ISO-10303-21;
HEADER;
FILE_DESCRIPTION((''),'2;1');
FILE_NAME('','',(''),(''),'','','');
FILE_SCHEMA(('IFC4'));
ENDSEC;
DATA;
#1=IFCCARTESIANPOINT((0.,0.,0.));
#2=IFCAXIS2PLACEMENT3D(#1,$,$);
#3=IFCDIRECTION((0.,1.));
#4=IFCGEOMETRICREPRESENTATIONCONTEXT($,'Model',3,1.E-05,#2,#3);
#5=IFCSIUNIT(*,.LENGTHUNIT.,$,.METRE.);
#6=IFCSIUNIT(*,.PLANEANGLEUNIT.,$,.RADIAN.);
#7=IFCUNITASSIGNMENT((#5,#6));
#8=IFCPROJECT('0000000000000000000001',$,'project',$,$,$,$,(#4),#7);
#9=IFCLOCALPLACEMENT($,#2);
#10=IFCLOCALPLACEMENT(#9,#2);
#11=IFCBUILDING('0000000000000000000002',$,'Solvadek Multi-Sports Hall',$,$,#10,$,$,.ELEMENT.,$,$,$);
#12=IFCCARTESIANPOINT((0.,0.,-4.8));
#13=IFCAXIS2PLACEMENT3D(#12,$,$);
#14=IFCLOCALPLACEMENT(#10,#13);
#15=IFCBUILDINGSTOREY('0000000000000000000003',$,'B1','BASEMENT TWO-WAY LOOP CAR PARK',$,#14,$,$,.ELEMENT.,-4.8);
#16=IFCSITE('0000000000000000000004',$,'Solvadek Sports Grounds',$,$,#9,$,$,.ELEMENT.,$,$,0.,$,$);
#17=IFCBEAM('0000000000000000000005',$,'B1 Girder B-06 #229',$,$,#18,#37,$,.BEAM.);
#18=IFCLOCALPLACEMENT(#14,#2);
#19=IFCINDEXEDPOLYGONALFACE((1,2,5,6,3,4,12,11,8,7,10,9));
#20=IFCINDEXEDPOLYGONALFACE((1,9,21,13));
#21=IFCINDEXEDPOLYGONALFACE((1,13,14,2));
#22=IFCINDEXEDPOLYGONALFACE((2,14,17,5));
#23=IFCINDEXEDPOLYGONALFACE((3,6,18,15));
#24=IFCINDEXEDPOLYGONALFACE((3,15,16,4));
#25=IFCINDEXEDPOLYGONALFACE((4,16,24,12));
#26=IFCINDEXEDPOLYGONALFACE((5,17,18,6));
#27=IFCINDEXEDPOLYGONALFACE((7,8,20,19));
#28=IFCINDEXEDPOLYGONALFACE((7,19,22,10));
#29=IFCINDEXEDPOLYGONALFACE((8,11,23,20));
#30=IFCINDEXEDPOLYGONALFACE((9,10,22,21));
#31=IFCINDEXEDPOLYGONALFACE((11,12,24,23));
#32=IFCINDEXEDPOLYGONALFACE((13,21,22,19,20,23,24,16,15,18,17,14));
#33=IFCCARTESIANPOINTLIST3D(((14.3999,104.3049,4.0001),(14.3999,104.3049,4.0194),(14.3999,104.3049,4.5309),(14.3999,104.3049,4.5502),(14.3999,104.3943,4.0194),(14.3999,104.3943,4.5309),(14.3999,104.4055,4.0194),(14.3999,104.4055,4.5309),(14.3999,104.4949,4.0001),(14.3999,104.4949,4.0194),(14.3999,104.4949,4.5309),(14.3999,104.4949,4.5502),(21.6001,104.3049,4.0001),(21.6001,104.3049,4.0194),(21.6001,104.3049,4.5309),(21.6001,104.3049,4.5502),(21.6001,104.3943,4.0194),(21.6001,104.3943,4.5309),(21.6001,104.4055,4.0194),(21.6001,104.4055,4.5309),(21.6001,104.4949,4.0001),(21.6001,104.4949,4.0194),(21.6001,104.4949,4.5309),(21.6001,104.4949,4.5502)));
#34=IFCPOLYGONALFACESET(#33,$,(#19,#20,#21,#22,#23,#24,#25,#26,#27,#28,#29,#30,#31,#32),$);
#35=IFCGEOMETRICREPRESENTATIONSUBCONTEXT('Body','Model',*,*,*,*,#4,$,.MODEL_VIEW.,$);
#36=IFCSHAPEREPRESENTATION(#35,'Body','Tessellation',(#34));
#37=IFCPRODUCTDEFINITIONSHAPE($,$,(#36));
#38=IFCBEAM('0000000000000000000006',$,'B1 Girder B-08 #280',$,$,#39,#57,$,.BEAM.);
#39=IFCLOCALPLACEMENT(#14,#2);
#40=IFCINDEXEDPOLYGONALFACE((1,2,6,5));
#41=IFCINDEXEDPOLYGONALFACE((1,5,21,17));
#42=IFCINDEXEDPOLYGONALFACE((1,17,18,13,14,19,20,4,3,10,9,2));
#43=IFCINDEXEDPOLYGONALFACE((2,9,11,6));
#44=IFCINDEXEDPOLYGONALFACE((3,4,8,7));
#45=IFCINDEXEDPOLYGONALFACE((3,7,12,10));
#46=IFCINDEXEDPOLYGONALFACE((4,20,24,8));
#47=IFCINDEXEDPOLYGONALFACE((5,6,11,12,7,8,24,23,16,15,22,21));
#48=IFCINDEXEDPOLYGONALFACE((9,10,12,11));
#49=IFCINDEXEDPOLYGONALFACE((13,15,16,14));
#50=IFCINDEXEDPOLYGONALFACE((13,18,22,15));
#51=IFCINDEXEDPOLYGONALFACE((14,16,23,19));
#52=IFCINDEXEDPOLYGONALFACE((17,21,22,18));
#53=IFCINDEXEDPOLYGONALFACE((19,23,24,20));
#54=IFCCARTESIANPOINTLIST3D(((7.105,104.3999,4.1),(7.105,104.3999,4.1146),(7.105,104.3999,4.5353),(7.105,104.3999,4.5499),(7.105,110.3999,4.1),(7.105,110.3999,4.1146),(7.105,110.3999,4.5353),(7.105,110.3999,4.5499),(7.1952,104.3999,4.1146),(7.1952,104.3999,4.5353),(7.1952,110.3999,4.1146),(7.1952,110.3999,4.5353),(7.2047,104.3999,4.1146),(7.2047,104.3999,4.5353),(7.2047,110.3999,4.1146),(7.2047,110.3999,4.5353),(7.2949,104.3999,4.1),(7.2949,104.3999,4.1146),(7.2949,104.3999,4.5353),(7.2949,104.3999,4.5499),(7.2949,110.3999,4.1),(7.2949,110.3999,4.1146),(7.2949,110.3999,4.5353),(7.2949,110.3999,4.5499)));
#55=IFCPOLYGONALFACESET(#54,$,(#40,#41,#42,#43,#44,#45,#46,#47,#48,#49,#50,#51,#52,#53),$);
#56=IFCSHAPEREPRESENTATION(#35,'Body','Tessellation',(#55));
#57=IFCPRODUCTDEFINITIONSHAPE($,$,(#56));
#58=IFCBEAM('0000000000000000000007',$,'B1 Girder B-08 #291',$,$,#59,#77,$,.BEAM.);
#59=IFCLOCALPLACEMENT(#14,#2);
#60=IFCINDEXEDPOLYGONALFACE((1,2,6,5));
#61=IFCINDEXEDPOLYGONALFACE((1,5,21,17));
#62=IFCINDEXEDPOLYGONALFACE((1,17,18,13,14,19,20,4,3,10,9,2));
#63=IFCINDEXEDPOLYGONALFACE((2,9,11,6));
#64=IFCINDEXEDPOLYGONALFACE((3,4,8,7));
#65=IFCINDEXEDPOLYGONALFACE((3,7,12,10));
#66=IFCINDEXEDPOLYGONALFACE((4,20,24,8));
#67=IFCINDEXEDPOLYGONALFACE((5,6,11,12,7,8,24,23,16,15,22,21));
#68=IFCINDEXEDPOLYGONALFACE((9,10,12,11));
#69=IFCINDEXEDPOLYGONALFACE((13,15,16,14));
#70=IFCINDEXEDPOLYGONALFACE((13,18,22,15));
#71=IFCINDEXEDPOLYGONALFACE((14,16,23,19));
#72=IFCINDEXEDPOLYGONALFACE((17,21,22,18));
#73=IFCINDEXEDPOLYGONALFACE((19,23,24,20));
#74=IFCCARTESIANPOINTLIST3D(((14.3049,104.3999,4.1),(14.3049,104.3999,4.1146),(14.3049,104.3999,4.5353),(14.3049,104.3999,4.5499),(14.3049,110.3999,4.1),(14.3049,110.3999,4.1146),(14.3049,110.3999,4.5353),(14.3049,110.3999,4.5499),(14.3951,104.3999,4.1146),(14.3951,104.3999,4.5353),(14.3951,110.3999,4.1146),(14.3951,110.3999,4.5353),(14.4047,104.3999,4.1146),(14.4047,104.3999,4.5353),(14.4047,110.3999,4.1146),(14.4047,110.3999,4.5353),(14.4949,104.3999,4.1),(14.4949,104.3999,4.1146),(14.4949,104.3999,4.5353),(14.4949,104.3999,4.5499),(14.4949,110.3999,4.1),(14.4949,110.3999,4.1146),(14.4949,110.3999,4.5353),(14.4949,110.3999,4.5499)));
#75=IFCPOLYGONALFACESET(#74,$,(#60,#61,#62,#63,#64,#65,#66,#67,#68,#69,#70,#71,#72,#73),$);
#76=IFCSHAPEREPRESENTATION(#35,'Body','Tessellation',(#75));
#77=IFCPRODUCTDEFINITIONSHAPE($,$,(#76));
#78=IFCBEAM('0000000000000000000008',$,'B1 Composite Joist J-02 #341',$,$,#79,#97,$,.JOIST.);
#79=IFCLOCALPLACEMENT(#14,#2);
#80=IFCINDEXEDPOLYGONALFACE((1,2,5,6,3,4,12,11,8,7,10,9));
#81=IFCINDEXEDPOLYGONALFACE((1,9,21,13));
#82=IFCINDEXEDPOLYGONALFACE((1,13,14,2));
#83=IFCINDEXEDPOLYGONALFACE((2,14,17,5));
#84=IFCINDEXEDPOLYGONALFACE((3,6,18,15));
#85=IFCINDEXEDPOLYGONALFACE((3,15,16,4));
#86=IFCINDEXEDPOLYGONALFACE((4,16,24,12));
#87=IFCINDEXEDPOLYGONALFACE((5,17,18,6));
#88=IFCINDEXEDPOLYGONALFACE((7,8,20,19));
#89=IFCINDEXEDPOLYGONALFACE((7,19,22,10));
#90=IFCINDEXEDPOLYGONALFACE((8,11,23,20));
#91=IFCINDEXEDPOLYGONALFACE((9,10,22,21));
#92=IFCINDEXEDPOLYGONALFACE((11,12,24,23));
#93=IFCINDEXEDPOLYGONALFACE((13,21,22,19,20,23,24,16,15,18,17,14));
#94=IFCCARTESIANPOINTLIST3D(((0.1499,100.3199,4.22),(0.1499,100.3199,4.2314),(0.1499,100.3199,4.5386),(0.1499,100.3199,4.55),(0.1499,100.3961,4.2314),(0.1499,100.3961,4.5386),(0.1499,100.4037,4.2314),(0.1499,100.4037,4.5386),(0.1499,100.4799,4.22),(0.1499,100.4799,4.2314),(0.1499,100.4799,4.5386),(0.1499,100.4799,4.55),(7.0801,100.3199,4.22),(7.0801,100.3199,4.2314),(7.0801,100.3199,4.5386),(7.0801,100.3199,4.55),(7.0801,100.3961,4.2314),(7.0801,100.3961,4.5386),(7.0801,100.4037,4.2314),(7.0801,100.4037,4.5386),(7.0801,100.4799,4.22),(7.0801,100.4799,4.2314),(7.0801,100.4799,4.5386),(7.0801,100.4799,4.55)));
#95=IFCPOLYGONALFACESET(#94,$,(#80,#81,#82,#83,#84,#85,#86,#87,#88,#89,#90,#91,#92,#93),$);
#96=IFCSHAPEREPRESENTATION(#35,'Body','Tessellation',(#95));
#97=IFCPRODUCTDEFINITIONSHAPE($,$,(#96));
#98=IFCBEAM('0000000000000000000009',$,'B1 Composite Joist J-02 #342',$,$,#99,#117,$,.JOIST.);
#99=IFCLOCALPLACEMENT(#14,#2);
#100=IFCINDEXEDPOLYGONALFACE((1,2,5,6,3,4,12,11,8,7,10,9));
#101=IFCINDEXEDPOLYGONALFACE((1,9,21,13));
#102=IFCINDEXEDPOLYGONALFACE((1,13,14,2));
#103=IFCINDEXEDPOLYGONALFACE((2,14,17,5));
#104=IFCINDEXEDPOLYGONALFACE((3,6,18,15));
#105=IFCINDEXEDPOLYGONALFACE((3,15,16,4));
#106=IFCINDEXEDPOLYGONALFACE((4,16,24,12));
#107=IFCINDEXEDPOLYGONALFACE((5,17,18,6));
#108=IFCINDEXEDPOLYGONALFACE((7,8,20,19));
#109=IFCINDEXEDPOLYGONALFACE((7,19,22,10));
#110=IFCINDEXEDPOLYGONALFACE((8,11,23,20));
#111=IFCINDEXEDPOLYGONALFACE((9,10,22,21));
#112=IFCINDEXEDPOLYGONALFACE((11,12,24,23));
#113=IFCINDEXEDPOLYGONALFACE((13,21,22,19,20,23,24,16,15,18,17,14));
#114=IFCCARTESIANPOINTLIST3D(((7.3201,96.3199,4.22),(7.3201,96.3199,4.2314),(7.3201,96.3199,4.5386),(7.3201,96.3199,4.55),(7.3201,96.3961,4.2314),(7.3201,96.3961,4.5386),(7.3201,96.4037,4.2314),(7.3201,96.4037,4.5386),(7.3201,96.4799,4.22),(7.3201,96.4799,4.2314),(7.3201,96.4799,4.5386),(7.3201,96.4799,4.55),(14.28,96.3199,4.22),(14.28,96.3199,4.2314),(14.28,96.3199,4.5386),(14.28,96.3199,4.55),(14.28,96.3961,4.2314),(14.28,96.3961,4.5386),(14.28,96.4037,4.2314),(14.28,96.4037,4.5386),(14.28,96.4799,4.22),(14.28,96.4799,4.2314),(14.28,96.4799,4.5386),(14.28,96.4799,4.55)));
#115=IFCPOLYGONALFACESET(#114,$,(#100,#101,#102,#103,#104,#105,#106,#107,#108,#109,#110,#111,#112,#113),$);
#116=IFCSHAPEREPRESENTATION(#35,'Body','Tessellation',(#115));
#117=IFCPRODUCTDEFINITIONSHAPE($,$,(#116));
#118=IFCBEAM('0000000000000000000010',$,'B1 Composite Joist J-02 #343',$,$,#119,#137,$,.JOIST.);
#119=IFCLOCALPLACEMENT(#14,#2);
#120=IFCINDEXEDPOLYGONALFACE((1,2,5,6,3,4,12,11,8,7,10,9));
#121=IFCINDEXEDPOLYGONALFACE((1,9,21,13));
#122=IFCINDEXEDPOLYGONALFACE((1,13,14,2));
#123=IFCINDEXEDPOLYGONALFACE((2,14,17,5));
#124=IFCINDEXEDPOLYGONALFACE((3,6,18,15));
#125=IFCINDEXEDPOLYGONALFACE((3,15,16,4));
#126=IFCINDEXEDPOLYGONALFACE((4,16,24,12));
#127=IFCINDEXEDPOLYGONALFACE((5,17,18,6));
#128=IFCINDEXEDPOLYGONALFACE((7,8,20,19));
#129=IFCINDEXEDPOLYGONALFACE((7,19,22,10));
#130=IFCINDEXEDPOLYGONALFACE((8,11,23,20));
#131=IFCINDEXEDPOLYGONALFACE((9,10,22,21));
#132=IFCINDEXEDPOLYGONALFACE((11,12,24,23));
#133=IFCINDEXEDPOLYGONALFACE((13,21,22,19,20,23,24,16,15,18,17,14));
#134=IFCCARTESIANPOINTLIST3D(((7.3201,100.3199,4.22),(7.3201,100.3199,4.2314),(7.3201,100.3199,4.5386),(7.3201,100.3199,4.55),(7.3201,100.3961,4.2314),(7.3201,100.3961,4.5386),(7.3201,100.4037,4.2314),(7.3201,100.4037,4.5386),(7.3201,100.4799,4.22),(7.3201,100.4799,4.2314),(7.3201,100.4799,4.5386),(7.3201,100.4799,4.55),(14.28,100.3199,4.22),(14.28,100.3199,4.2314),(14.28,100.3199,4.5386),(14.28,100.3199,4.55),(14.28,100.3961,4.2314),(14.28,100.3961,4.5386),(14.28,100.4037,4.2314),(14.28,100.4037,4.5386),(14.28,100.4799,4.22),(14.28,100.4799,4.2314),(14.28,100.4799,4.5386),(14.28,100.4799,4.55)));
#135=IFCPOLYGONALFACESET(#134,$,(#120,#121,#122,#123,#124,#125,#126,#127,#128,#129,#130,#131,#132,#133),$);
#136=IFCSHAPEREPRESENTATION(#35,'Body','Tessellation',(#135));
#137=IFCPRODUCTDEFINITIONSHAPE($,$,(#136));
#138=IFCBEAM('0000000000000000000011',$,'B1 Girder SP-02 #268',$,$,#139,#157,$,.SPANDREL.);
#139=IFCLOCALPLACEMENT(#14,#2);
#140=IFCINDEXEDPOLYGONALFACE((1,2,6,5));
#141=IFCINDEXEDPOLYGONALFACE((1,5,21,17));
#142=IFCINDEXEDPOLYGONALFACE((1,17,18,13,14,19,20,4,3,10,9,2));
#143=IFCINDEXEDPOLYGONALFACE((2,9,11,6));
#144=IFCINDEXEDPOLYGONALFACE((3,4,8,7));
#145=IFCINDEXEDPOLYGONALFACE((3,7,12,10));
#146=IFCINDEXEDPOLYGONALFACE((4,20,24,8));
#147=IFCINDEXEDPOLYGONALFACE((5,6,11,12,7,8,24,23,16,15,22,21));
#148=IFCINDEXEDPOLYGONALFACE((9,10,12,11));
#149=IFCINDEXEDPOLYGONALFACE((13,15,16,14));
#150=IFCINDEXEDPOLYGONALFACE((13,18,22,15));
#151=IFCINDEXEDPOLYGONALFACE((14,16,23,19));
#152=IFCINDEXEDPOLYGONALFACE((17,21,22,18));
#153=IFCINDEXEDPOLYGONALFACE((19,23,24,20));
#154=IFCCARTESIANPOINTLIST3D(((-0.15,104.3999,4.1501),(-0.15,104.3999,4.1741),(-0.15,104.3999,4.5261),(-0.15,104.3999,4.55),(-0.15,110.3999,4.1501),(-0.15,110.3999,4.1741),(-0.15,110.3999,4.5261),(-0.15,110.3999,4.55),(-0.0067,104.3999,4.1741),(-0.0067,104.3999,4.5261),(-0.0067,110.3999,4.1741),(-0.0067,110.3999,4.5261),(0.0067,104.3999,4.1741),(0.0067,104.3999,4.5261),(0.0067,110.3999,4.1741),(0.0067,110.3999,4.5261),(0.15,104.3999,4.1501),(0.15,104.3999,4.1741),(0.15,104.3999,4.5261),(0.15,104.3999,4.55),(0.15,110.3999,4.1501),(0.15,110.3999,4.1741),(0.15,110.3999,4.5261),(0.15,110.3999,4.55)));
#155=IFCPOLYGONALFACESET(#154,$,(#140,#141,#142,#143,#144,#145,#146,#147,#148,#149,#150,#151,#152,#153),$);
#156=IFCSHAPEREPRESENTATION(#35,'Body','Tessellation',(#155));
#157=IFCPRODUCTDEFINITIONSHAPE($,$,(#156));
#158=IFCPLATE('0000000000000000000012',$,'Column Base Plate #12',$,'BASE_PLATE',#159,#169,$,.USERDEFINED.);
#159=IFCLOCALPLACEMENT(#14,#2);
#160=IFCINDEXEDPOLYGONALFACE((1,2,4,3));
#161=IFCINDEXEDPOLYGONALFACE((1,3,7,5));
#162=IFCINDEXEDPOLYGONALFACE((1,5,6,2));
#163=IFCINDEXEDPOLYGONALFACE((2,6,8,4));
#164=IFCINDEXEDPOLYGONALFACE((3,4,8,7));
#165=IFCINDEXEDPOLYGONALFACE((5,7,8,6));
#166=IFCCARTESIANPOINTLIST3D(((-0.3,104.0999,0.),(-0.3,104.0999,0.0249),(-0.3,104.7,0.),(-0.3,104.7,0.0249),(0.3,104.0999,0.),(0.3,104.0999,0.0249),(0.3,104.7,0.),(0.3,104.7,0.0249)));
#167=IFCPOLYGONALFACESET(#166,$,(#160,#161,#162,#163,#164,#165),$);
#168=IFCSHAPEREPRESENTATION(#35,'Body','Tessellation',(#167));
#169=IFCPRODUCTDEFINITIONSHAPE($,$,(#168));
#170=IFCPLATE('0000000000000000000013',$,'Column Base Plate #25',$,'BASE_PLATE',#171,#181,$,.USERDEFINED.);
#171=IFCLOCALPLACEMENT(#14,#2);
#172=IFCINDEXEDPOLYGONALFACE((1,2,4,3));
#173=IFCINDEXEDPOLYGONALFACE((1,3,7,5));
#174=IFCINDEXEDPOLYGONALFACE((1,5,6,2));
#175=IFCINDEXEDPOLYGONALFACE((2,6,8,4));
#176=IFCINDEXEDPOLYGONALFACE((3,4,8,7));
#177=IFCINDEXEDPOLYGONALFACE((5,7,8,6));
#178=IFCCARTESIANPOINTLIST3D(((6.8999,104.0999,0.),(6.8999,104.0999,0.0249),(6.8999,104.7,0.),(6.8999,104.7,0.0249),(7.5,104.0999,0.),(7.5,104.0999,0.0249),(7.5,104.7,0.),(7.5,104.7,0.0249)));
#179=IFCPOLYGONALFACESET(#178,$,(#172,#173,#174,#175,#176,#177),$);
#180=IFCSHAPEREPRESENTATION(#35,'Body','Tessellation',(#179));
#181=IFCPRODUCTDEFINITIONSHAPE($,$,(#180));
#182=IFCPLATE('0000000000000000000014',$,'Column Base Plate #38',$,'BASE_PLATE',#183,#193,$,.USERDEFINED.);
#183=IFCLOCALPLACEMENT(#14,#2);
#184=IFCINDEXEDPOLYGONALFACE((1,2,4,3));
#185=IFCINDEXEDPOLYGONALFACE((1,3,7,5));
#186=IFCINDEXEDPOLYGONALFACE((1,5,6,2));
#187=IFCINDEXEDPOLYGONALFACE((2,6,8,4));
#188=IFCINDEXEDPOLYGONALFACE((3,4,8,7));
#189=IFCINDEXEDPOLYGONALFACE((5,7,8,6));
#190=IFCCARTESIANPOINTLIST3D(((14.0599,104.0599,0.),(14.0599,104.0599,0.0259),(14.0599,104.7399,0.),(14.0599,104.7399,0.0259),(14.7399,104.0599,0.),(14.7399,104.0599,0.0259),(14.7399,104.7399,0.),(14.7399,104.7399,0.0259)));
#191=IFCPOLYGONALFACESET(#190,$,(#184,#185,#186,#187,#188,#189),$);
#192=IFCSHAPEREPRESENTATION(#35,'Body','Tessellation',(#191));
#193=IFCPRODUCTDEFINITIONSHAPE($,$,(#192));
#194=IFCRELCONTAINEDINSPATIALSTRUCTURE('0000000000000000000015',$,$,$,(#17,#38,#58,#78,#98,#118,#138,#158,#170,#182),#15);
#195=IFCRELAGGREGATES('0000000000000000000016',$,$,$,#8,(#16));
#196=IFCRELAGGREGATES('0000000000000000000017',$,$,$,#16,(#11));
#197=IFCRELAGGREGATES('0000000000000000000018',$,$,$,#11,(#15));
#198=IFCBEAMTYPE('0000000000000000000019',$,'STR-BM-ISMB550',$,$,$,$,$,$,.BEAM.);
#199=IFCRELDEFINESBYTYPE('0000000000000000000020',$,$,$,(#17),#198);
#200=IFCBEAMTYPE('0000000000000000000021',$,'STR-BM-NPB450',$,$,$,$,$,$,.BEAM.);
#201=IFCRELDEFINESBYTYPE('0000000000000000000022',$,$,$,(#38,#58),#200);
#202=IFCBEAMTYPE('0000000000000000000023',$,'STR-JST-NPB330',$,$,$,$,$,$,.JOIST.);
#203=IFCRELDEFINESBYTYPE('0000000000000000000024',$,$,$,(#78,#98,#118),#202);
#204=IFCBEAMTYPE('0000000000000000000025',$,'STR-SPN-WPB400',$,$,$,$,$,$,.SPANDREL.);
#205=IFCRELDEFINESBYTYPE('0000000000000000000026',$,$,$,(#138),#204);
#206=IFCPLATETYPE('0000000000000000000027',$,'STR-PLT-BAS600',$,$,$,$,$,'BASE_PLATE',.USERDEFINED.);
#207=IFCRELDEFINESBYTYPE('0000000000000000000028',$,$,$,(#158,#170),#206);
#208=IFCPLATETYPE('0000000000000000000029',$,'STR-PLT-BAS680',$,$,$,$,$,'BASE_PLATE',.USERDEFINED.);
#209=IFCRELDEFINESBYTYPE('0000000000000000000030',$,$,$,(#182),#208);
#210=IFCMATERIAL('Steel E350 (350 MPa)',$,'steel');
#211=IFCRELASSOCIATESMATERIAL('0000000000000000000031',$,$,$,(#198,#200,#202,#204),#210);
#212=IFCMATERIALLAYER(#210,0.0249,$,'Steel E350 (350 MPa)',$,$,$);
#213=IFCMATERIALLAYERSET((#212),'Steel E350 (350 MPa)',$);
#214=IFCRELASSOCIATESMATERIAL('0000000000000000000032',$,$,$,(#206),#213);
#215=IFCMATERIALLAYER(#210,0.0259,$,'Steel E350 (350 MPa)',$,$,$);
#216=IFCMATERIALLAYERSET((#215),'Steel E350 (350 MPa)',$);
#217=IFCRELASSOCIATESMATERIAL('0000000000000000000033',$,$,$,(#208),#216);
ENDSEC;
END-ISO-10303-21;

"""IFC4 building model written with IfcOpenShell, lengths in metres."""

from ifc_helpers import new_model, si_unit, direction, frame, origin, origin_2d, place, context, subcontext, project, spatial, rectangle, i_section, extrude, material, layer, layer_set, material_profile, profile_set, type_object, element, save


model = new_model("IFC4")

# Units and contexts
model_context = context("Model", 3, precision=1e-05, world=origin(), true_north=direction((0.0, 1.0)))
body_context = subcontext(model_context, "Body", "Model", "MODEL_VIEW")
ifc_project = project(units=[si_unit("LENGTHUNIT", "METRE"), si_unit("PLANEANGLEUNIT", "RADIAN")], contexts=[model_context])

# Site, building, storey
site_placement = place(None, origin())
site = spatial("IfcSite", under=ifc_project, at=site_placement, Name="Solvadek Sports Grounds", CompositionType="ELEMENT", RefElevation=0.0)
building_placement = place(site_placement, origin())
building = spatial("IfcBuilding", under=site, at=building_placement, Name="Solvadek Multi-Sports Hall", CompositionType="ELEMENT")
storey_placement = place(building_placement, frame((0.0, 0.0, -4.8)))
storey = spatial("IfcBuildingStorey", under=building, at=storey_placement, Name="B1", Description="BASEMENT TWO-WAY LOOP CAR PARK", CompositionType="ELEMENT", Elevation=-4.8)

# Shared definitions
ifc_material_1 = material(Name="Steel E350 (350 MPa)", Category="steel")

# Beams
ifc_material_profile_1 = material_profile(ifc_material_1, i_section(OverallWidth=0.1899, OverallDepth=0.55, WebThickness=0.0112, FlangeThickness=0.0193, at=origin_2d()), Name="ISMB 550")
ifc_profile_set_1 = profile_set([ifc_material_profile_1], Name="Steel E350 (350 MPa)")
beam_type_1 = type_object("IfcBeamType", Name="STR-BM-ISMB550", PredefinedType="BEAM", material=ifc_profile_set_1)
beam_1_placement = place(storey_placement, frame((14.3999, 104.3999, 4.2751), z_axis=(1.0, 0.0, 0.0), x_axis=(0.0, 1.0, 0.0)))
element("IfcBeam", 1, at=beam_1_placement, inside=storey, type_object=beam_type_1, Name="B1 Girder B-06 #229", PredefinedType="BEAM", context=body_context, shape_type="SweptSolid", body=[
    extrude(i_section(OverallWidth=0.1899, OverallDepth=0.55, WebThickness=0.0112, FlangeThickness=0.0193, at=origin_2d()), origin(), (0.0, 0.0, 1.0), 7.2002),
])
ifc_material_profile_2 = material_profile(ifc_material_1, i_section(OverallWidth=0.1899, OverallDepth=0.45, WebThickness=0.0095, FlangeThickness=0.0146, at=origin_2d()), Name="NPB 450")
ifc_profile_set_2 = profile_set([ifc_material_profile_2], Name="Steel E350 (350 MPa)")
beam_type_2 = type_object("IfcBeamType", Name="STR-BM-NPB450", PredefinedType="BEAM", material=ifc_profile_set_2)
for number, where, z_axis, x_axis, name in (
    (2, (7.2, 104.3999, 4.325), (0.0, 1.0, 0.0), (-1.0, 0.0, 0.0), "B1 Girder B-08 #280"),
    (3, (14.3999, 104.3999, 4.325), (0.0, 1.0, 0.0), (-1.0, 0.0, 0.0), "B1 Girder B-08 #291"),
):
    element("IfcBeam", number, at=place(storey_placement, frame(where, z_axis=z_axis, x_axis=x_axis)), inside=storey, type_object=beam_type_2, Name=name, PredefinedType="BEAM", context=body_context, shape_type="SweptSolid", body=[
        extrude(i_section(OverallWidth=0.1899, OverallDepth=0.45, WebThickness=0.0095, FlangeThickness=0.0146, at=origin_2d()), origin(), (0.0, 0.0, 1.0), 6.0),
    ])
ifc_material_profile_3 = material_profile(ifc_material_1, i_section(OverallWidth=0.1599, OverallDepth=0.3301, WebThickness=0.0076, FlangeThickness=0.0115, at=origin_2d()), Name="NPB 330")
ifc_profile_set_3 = profile_set([ifc_material_profile_3], Name="Steel E350 (350 MPa)")
beam_type_3 = type_object("IfcBeamType", Name="STR-JST-NPB330", PredefinedType="JOIST", material=ifc_profile_set_3)
beam_2_placement = place(storey_placement, frame((0.1499, 100.3999, 4.385), z_axis=(1.0, 0.0, 0.0), x_axis=(0.0, 1.0, 0.0)))
element("IfcBeam", 4, at=beam_2_placement, inside=storey, type_object=beam_type_3, Name="B1 Composite Joist J-02 #341", PredefinedType="JOIST", context=body_context, shape_type="SweptSolid", body=[
    extrude(i_section(OverallWidth=0.1599, OverallDepth=0.3301, WebThickness=0.0076, FlangeThickness=0.0115, at=origin_2d()), origin(), (0.0, 0.0, 1.0), 6.9302),
])
for number, where, z_axis, x_axis, name in (
    (5, (7.3201, 96.3999, 4.385), (1.0, 0.0, 0.0), (0.0, 1.0, 0.0), "B1 Composite Joist J-02 #342"),
    (6, (7.3201, 100.3999, 4.385), (1.0, 0.0, 0.0), (0.0, 1.0, 0.0), "B1 Composite Joist J-02 #343"),
):
    element("IfcBeam", number, at=place(storey_placement, frame(where, z_axis=z_axis, x_axis=x_axis)), inside=storey, type_object=beam_type_3, Name=name, PredefinedType="JOIST", context=body_context, shape_type="SweptSolid", body=[
        extrude(i_section(OverallWidth=0.1599, OverallDepth=0.3301, WebThickness=0.0076, FlangeThickness=0.0115, at=origin_2d()), origin(), (0.0, 0.0, 1.0), 6.96),
    ])
ifc_material_profile_4 = material_profile(ifc_material_1, i_section(OverallWidth=0.3, OverallDepth=0.3999, WebThickness=0.0134, FlangeThickness=0.0239, at=origin_2d()), Name="WPB 400")
ifc_profile_set_4 = profile_set([ifc_material_profile_4], Name="Steel E350 (350 MPa)")
beam_type_4 = type_object("IfcBeamType", Name="STR-SPN-WPB400", PredefinedType="SPANDREL", material=ifc_profile_set_4)
beam_3_placement = place(storey_placement, frame((0.0, 104.3999, 4.3501), z_axis=(0.0, 1.0, 0.0), x_axis=(-1.0, 0.0, 0.0)))
element("IfcBeam", 7, at=beam_3_placement, inside=storey, type_object=beam_type_4, Name="B1 Girder SP-02 #268", PredefinedType="SPANDREL", context=body_context, shape_type="SweptSolid", body=[
    extrude(i_section(OverallWidth=0.3, OverallDepth=0.3999, WebThickness=0.0134, FlangeThickness=0.0239, at=origin_2d()), origin(), (0.0, 0.0, 1.0), 6.0),
])

# Plates
ifc_layer_1 = layer(ifc_material_1, 0.0249, Name="Steel E350 (350 MPa)")
ifc_layer_set_1 = layer_set([ifc_layer_1], Name="Steel E350 (350 MPa)")
plate_type_1 = type_object("IfcPlateType", Name="STR-PLT-BAS600", ElementType="BASE_PLATE", PredefinedType="USERDEFINED", material=ifc_layer_set_1)
for number, where, z_axis, x_axis, name in (
    (8, (0.0, 104.3999, 0.0), (0.0, 0.0, 1.0), (1.0, 0.0, 0.0), "Column Base Plate #12"),
    (9, (7.2, 104.3999, 0.0), (0.0, 0.0, 1.0), (1.0, 0.0, 0.0), "Column Base Plate #25"),
):
    element("IfcPlate", number, at=place(storey_placement, frame(where, z_axis=z_axis, x_axis=x_axis)), inside=storey, type_object=plate_type_1, Name=name, ObjectType="BASE_PLATE", PredefinedType="USERDEFINED", context=body_context, shape_type="SweptSolid", body=[
        extrude(rectangle(XDim=0.6001, YDim=0.6001, at=origin_2d()), origin(), (0.0, 0.0, 1.0), 0.0249),
    ])
ifc_layer_2 = layer(ifc_material_1, 0.0259, Name="Steel E350 (350 MPa)")
ifc_layer_set_2 = layer_set([ifc_layer_2], Name="Steel E350 (350 MPa)")
plate_type_2 = type_object("IfcPlateType", Name="STR-PLT-BAS680", ElementType="BASE_PLATE", PredefinedType="USERDEFINED", material=ifc_layer_set_2)
plate_placement = place(storey_placement, frame((14.3999, 104.3999, 0.0), z_axis=(0.0, 0.0, 1.0), x_axis=(1.0, 0.0, 0.0)))
element("IfcPlate", 10, at=plate_placement, inside=storey, type_object=plate_type_2, Name="Column Base Plate #38", ObjectType="BASE_PLATE", PredefinedType="USERDEFINED", context=body_context, shape_type="SweptSolid", body=[
    extrude(rectangle(XDim=0.6799, YDim=0.6799, at=origin_2d()), origin(), (0.0, 0.0, 1.0), 0.0259),
])

save(model, "model.ifc")
